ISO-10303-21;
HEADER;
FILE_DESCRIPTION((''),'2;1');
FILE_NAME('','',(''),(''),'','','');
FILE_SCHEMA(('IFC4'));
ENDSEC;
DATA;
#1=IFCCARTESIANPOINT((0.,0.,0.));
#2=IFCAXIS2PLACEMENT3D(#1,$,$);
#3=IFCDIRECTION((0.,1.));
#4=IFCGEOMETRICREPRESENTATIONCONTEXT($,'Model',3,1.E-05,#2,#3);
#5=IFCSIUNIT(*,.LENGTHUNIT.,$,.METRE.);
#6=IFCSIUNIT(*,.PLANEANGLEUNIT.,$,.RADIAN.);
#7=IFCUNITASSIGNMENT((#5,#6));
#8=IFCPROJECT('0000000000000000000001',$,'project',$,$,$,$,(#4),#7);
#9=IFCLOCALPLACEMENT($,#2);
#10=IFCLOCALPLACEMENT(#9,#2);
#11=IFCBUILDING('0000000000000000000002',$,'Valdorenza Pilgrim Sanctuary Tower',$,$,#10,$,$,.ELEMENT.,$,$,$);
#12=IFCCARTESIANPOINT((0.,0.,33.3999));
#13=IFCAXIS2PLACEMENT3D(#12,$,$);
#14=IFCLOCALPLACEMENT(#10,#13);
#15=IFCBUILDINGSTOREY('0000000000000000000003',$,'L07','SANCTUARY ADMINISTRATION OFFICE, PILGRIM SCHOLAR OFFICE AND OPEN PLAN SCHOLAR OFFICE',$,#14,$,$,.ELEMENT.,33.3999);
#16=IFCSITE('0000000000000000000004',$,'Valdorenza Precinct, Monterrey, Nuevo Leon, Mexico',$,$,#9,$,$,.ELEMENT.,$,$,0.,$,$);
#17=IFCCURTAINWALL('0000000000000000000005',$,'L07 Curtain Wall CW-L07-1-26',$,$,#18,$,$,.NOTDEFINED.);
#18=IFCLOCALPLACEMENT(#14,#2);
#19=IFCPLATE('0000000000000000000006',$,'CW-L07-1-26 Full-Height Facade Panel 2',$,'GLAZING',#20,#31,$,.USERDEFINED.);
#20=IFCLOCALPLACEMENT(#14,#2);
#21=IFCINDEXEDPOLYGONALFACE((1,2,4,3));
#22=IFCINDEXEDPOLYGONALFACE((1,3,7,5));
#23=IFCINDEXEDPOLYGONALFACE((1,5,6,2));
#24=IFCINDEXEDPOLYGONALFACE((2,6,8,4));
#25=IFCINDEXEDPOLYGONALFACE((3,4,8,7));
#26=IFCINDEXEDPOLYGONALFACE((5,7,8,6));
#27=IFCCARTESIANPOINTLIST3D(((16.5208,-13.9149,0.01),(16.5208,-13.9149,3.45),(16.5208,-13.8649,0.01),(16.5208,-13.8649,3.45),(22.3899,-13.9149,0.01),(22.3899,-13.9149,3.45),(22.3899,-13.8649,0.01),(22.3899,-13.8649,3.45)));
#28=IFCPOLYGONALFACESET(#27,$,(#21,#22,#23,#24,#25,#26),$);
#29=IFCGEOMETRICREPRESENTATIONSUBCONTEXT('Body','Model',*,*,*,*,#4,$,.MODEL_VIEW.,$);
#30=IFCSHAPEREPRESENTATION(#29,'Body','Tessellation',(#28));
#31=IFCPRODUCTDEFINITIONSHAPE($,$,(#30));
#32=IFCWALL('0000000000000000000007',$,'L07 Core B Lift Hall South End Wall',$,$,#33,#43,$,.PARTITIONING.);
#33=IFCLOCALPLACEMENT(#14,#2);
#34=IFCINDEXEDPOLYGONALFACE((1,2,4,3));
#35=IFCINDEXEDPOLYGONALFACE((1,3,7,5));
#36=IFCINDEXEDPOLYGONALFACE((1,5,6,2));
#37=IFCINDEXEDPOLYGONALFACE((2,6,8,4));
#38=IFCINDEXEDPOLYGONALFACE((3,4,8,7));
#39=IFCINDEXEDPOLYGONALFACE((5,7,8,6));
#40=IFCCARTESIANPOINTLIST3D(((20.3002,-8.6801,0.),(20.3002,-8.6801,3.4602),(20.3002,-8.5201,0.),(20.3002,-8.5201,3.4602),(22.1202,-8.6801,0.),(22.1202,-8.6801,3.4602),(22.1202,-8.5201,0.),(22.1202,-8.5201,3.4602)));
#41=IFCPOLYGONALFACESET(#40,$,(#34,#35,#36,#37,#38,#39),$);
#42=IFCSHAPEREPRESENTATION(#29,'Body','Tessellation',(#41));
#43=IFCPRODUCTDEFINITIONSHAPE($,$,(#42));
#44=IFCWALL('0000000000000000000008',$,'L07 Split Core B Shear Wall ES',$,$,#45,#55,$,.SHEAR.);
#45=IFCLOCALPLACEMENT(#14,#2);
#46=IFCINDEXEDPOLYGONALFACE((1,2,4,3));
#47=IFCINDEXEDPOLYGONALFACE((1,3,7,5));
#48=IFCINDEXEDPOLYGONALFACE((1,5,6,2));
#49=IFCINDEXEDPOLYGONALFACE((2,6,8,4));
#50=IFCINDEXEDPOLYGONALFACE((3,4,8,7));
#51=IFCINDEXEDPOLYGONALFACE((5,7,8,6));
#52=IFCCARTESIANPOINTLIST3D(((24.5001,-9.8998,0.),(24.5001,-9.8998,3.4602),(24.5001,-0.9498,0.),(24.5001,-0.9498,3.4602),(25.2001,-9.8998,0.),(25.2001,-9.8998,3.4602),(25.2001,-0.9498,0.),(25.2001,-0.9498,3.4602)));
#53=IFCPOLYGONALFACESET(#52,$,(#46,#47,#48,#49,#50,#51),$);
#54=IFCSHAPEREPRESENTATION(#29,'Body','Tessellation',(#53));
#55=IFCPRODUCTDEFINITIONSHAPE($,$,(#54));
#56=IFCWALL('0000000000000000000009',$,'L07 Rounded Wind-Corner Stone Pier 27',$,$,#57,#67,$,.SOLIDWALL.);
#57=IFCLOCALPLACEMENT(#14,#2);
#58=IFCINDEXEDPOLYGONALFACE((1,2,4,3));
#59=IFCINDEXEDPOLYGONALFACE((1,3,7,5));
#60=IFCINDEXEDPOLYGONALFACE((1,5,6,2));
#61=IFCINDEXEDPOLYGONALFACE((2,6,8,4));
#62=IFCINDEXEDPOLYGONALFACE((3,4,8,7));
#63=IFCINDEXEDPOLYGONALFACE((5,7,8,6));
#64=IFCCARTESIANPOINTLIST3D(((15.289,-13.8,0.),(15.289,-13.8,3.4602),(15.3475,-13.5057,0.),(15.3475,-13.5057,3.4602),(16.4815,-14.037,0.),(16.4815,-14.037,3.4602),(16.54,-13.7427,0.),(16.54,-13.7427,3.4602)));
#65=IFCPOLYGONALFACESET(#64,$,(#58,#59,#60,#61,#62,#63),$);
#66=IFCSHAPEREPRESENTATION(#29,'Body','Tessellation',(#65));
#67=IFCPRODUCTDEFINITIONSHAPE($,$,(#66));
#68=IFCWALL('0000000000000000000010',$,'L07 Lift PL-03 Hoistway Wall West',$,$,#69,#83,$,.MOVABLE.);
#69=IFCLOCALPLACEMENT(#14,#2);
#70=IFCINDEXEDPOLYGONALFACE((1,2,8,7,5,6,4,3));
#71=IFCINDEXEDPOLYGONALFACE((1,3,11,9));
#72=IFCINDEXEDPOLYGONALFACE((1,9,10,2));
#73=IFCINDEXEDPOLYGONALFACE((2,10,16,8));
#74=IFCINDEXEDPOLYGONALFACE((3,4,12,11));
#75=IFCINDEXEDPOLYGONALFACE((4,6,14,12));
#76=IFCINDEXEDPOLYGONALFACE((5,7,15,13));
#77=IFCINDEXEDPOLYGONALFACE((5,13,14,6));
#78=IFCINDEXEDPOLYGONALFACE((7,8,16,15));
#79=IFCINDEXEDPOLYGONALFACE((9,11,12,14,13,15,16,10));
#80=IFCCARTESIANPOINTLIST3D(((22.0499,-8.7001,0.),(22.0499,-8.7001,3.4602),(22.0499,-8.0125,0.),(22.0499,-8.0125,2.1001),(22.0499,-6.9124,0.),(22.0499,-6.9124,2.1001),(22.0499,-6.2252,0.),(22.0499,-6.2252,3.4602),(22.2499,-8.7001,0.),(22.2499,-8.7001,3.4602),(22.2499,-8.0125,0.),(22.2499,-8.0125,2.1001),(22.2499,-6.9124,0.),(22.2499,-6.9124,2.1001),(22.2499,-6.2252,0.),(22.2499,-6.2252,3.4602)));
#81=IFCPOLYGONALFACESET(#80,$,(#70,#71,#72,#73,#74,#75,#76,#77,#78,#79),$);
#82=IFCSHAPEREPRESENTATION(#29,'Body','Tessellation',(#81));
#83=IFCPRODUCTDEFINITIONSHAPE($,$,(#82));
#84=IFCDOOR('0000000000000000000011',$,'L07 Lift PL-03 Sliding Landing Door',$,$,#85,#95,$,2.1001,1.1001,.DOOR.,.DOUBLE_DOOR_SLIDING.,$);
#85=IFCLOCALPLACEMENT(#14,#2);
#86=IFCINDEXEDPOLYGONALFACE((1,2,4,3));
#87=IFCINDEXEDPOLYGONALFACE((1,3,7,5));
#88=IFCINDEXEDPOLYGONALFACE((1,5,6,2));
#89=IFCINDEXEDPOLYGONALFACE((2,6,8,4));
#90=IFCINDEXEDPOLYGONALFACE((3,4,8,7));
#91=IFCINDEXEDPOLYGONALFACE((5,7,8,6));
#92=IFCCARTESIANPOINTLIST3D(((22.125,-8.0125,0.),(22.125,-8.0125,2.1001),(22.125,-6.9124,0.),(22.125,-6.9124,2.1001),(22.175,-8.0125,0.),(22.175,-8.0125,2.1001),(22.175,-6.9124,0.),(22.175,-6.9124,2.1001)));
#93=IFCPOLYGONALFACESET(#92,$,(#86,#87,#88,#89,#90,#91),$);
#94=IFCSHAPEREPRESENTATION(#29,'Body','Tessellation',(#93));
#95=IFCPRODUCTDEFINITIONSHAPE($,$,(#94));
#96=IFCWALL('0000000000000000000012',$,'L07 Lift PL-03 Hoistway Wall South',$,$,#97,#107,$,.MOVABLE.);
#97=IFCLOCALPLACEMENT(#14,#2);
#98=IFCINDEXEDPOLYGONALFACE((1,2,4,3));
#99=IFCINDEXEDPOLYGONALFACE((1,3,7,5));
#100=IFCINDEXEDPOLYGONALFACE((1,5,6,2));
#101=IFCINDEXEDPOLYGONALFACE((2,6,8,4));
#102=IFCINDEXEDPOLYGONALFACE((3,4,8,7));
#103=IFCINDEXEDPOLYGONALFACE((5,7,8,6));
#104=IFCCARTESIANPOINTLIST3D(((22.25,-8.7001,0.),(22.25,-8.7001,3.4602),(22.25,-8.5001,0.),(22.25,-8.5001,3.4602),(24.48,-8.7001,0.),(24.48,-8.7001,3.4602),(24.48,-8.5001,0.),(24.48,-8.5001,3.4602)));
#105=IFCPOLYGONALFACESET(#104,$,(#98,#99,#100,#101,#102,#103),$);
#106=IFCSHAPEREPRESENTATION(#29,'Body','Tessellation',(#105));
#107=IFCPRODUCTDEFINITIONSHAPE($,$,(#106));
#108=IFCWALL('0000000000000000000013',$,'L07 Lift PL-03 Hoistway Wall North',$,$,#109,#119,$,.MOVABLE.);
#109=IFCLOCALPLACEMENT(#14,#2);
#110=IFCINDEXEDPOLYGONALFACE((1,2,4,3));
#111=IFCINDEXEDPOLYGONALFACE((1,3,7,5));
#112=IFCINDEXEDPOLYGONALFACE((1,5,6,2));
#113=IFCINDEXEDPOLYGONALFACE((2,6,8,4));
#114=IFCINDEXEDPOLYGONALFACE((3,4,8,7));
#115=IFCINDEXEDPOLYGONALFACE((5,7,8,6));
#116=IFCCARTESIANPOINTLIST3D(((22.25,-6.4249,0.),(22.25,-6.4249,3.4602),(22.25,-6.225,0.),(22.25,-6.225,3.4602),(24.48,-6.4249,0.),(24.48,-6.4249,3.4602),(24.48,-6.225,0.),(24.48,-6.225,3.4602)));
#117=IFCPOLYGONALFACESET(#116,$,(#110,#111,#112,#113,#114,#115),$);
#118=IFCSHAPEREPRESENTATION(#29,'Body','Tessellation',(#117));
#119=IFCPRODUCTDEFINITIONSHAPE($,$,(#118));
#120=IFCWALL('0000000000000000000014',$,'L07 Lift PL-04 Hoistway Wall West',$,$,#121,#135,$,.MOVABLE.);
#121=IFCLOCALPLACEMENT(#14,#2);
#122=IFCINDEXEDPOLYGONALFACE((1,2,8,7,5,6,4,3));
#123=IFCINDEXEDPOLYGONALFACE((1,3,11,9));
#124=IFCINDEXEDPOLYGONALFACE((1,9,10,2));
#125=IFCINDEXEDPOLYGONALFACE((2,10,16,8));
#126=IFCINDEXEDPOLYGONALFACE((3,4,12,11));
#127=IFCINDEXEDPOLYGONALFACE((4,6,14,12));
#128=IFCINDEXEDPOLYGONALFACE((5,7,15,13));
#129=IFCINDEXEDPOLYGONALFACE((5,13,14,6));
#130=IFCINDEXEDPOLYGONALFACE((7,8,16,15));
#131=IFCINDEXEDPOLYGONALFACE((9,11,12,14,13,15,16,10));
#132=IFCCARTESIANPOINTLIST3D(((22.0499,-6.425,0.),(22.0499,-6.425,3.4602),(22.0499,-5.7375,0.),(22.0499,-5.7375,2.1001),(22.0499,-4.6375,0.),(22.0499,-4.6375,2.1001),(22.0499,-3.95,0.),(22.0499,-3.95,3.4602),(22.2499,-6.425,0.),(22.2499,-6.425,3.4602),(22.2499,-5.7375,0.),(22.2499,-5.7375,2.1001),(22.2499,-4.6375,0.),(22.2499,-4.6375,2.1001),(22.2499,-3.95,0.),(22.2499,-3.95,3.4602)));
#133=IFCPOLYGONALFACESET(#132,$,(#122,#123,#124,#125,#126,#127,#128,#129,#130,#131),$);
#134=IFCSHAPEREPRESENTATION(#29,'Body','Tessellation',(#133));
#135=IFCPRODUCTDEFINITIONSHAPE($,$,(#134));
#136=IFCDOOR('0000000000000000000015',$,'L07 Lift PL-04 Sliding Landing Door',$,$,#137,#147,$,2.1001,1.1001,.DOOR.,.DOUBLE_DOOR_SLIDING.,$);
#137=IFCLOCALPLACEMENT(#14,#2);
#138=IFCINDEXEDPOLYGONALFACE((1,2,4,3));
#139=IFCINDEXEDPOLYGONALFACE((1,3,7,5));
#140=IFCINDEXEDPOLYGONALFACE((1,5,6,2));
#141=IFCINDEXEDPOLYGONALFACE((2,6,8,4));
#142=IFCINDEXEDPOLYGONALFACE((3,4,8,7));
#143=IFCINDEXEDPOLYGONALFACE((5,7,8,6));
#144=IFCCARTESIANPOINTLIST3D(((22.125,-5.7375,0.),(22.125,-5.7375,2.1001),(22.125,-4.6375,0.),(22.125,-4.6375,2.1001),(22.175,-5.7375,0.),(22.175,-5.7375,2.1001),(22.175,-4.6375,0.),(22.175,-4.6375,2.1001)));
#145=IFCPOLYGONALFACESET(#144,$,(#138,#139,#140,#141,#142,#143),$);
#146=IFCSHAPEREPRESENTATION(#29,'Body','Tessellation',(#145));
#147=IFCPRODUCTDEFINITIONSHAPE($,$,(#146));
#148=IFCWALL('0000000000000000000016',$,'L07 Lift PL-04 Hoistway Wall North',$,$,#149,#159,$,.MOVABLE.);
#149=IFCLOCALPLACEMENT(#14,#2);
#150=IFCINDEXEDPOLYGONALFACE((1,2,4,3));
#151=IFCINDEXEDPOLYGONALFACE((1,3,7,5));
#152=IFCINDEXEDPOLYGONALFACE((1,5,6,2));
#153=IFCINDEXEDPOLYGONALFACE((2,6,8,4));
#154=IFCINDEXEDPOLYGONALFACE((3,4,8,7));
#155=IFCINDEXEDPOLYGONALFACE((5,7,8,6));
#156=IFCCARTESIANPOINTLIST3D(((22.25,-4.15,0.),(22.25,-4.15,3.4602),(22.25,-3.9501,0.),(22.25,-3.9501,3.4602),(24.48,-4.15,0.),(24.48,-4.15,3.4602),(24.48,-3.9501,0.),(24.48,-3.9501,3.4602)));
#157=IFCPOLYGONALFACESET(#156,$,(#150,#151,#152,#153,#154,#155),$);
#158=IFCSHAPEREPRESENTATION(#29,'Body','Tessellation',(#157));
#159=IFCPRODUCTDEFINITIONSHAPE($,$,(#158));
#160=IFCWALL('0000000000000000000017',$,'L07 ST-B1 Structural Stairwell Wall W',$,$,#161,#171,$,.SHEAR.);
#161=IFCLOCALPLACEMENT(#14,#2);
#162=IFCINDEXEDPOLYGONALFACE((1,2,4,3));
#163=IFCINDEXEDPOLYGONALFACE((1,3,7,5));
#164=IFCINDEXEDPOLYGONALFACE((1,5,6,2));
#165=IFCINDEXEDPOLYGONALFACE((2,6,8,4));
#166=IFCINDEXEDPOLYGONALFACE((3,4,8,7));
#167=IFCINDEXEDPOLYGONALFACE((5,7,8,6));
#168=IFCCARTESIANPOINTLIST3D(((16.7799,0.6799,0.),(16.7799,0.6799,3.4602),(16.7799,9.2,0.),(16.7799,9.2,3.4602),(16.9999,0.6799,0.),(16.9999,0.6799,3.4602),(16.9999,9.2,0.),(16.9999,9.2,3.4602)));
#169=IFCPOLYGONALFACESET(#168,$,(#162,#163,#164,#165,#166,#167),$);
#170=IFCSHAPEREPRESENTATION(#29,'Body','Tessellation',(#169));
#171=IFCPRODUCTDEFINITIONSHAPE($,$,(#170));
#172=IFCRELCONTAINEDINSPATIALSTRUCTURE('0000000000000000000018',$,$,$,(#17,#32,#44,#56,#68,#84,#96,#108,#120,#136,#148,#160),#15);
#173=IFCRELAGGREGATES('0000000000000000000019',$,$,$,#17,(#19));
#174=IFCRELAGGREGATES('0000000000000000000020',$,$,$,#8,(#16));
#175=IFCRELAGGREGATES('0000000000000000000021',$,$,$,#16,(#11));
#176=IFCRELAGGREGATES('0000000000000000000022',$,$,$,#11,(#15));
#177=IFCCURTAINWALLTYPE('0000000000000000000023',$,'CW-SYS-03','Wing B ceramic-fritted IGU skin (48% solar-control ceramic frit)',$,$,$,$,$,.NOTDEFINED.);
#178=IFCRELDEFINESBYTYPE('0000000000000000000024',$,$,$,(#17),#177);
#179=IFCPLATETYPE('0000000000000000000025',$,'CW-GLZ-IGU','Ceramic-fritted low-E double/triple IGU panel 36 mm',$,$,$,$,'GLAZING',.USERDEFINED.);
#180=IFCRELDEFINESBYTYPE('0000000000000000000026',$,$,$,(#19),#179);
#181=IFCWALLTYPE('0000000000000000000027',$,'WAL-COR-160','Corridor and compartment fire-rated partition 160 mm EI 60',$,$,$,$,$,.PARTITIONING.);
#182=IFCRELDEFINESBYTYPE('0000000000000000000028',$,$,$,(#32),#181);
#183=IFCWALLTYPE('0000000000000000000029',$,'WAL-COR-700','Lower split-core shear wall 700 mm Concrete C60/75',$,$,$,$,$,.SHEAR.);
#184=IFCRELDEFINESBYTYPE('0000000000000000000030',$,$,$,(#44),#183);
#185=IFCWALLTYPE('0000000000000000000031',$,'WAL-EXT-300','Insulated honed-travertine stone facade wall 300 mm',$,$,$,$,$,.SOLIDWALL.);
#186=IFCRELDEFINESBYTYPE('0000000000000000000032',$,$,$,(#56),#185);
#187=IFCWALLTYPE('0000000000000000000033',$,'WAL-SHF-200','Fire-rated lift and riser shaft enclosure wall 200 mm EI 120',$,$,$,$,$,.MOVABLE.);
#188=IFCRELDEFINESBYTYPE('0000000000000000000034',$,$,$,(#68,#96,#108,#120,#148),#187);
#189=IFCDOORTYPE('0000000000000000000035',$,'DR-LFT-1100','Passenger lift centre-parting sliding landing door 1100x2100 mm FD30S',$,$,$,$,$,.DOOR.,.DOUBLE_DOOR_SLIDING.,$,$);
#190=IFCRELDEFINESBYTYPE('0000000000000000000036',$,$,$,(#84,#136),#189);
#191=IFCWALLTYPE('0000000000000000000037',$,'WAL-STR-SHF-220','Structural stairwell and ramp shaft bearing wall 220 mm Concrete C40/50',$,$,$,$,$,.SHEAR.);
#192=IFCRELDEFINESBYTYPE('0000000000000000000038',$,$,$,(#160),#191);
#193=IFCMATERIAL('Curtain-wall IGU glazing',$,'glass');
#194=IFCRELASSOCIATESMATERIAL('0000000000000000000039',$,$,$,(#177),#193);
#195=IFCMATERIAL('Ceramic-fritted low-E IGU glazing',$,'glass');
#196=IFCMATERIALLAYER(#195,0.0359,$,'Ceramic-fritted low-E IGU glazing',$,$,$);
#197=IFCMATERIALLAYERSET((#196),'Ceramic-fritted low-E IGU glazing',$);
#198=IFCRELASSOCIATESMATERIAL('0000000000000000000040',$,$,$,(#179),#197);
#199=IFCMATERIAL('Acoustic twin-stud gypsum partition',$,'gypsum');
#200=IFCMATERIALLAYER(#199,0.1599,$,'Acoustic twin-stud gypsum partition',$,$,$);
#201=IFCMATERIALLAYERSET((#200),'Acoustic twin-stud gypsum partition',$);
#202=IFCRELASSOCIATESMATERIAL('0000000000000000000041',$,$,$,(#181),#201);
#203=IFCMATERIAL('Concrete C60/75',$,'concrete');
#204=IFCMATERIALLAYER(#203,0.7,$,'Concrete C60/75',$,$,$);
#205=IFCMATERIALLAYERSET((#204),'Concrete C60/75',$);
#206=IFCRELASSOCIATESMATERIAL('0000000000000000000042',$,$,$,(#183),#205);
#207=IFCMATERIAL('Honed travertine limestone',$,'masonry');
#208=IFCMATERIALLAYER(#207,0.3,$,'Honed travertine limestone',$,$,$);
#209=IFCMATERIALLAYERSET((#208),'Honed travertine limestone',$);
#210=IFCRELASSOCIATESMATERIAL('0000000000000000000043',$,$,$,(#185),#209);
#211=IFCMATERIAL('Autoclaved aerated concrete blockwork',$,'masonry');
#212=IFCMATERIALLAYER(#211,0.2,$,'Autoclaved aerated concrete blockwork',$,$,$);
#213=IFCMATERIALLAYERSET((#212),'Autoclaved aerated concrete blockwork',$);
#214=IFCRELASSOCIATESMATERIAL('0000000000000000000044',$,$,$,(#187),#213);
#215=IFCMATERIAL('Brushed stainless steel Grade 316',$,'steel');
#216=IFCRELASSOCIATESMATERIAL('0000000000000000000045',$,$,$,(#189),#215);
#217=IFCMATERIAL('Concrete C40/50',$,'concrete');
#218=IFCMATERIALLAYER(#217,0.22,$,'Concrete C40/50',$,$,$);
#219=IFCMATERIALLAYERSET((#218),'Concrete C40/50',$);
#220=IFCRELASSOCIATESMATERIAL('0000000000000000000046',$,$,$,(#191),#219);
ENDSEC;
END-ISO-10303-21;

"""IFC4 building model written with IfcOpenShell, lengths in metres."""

from ifc_helpers import new_model, si_unit, direction, frame, frame_2d, origin, origin_2d, place, context, subcontext, project, spatial, rectangle, extrude, source, transform, mapped, material, layer, layer_set, type_object, element, fill, aggregate, save


model = new_model("IFC4")

# Units and contexts
model_context = context("Model", 3, precision=1e-05, world=origin(), true_north=direction((0.0, 1.0)))
body_context = subcontext(model_context, "Body", "Model", "MODEL_VIEW")
ifc_project = project(units=[si_unit("LENGTHUNIT", "METRE"), si_unit("PLANEANGLEUNIT", "RADIAN")], contexts=[model_context])

# Site, building, storey
site_placement = place(None, origin())
site = spatial("IfcSite", under=ifc_project, at=site_placement, Name="Valdorenza Precinct, Monterrey, Nuevo Leon, Mexico", CompositionType="ELEMENT", RefElevation=0.0)
building_placement = place(site_placement, origin())
building = spatial("IfcBuilding", under=site, at=building_placement, Name="Valdorenza Pilgrim Sanctuary Tower", CompositionType="ELEMENT")
storey_placement = place(building_placement, frame((0.0, 0.0, 33.3999)))
storey = spatial("IfcBuildingStorey", under=building, at=storey_placement, Name="L07", Description="SANCTUARY ADMINISTRATION OFFICE, PILGRIM SCHOLAR OFFICE AND OPEN PLAN SCHOLAR OFFICE", CompositionType="ELEMENT", Elevation=33.3999)

# Shared definitions
ifc_material_1 = material(Name="Concrete C60/75", Category="concrete")

# Curtain wall, plate
ifc_material_2 = material(Name="Curtain-wall IGU glazing", Category="glass")
curtain_wall_type = type_object("IfcCurtainWallType", Name="CW-SYS-03", Description="Wing B ceramic-fritted IGU skin (48% solar-control ceramic frit)", PredefinedType="NOTDEFINED", material=ifc_material_2)
curtain_wall_placement = place(storey_placement, origin())
curtain_wall = element("IfcCurtainWall", 1, at=curtain_wall_placement, inside=storey, type_object=curtain_wall_type, Name="L07 Curtain Wall CW-L07-1-26", PredefinedType="NOTDEFINED")
ifc_material_3 = material(Name="Ceramic-fritted low-E IGU glazing", Category="glass")
ifc_layer_1 = layer(ifc_material_3, 0.0359, Name="Ceramic-fritted low-E IGU glazing")
ifc_layer_set_1 = layer_set([ifc_layer_1], Name="Ceramic-fritted low-E IGU glazing")
plate_type = type_object("IfcPlateType", Name="CW-GLZ-IGU", Description="Ceramic-fritted low-E double/triple IGU panel 36 mm", ElementType="GLAZING", PredefinedType="USERDEFINED", material=ifc_layer_set_1)
shared_shape_1 = source(origin(), body_context, "Body", "SweptSolid", [
    extrude(rectangle(XDim=5.8691, YDim=0.05, at=origin_2d()), origin(), (0.0, 0.0, 1.0), 3.4399),
])
plate_placement = place(storey_placement, frame((19.4553, -13.8899, 0.01), z_axis=(0.0, 0.0, 1.0), x_axis=(-1.0, 0.0, 0.0)))
plate = element("IfcPlate", 2, at=plate_placement, type_object=plate_type, Name="CW-L07-1-26 Full-Height Facade Panel 2", ObjectType="GLAZING", PredefinedType="USERDEFINED", context=body_context, shape_type="MappedRepresentation", body=[
    mapped(shared_shape_1, transform((0.0, 0.0, 0.0), x_axis=(1.0, 0.0, 0.0), y_axis=(0.0, 1.0, 0.0), z_axis=(0.0, 0.0, 1.0), scale=1.0)),
])
aggregate(curtain_wall, [plate])

# Walls
ifc_material_4 = material(Name="Acoustic twin-stud gypsum partition", Category="gypsum")
ifc_layer_2 = layer(ifc_material_4, 0.1599, Name="Acoustic twin-stud gypsum partition")
ifc_layer_set_2 = layer_set([ifc_layer_2], Name="Acoustic twin-stud gypsum partition")
wall_type_1 = type_object("IfcWallType", Name="WAL-COR-160", Description="Corridor and compartment fire-rated partition 160 mm EI 60", PredefinedType="PARTITIONING", material=ifc_layer_set_2)
wall_1_placement = place(storey_placement, frame((20.3, -8.6001, 0.0), z_axis=(0.0, 0.0, 1.0), x_axis=(1.0, 0.0, 0.0)))
element("IfcWall", 3, at=wall_1_placement, inside=storey, type_object=wall_type_1, Name="L07 Core B Lift Hall South End Wall", PredefinedType="PARTITIONING", context=body_context, shape_type="SweptSolid", body=[
    extrude(rectangle(XDim=1.8201, YDim=0.1599, at=frame_2d((0.9102, 0.0))), origin(), (0.0, 0.0, 1.0), 3.4602),
])
ifc_layer_3 = layer(ifc_material_1, 0.7, Name="Concrete C60/75")
ifc_layer_set_3 = layer_set([ifc_layer_3], Name="Concrete C60/75")
wall_type_2 = type_object("IfcWallType", Name="WAL-COR-700", Description="Lower split-core shear wall 700 mm Concrete C60/75", PredefinedType="SHEAR", material=ifc_layer_set_3)
wall_2_placement = place(storey_placement, frame((24.8501, -9.8999, 0.0), z_axis=(0.0, 0.0, 1.0), x_axis=(0.0, 1.0, 0.0)))
element("IfcWall", 4, at=wall_2_placement, inside=storey, type_object=wall_type_2, Name="L07 Split Core B Shear Wall ES", PredefinedType="SHEAR", context=body_context, shape_type="SweptSolid", body=[
    extrude(rectangle(XDim=8.95, YDim=0.7, at=frame_2d((4.4751, 0.0))), origin(), (0.0, 0.0, 1.0), 3.4602),
])
ifc_material_5 = material(Name="Honed travertine limestone", Category="masonry")
ifc_layer_4 = layer(ifc_material_5, 0.3, Name="Honed travertine limestone")
ifc_layer_set_4 = layer_set([ifc_layer_4], Name="Honed travertine limestone")
wall_type_3 = type_object("IfcWallType", Name="WAL-EXT-300", Description="Insulated honed-travertine stone facade wall 300 mm", PredefinedType="SOLIDWALL", material=ifc_layer_set_4)
wall_3_placement = place(storey_placement, frame((16.5107, -13.8899, 0.0), z_axis=(0.0, 0.0, 1.0), x_axis=(-0.980804, 0.194996, 0.0)))
element("IfcWall", 5, at=wall_3_placement, inside=storey, type_object=wall_type_3, Name="L07 Rounded Wind-Corner Stone Pier 27", PredefinedType="SOLIDWALL", context=body_context, shape_type="SweptSolid", body=[
    extrude(rectangle(XDim=1.2158, YDim=0.3, at=frame_2d((0.6079, 0.0))), origin(), (0.0, 0.0, 1.0), 3.4602),
])

# Wall, opening, door
ifc_material_6 = material(Name="Autoclaved aerated concrete blockwork", Category="masonry")
ifc_layer_5 = layer(ifc_material_6, 0.2, Name="Autoclaved aerated concrete blockwork")
ifc_layer_set_5 = layer_set([ifc_layer_5], Name="Autoclaved aerated concrete blockwork")
wall_type_4 = type_object("IfcWallType", Name="WAL-SHF-200", Description="Fire-rated lift and riser shaft enclosure wall 200 mm EI 120", PredefinedType="MOVABLE", material=ifc_layer_set_5)
wall_4_placement = place(storey_placement, frame((22.1499, -8.7, 0.0), z_axis=(0.0, 0.0, 1.0), x_axis=(0.0, 1.0, 0.0)))
wall_4 = element("IfcWall", 6, at=wall_4_placement, inside=storey, type_object=wall_type_4, Name="L07 Lift PL-03 Hoistway Wall West", PredefinedType="MOVABLE", context=body_context, shape_type="SweptSolid", body=[
    extrude(rectangle(XDim=2.4749, YDim=0.2, at=frame_2d((1.2373, 0.0))), origin(), (0.0, 0.0, 1.0), 3.4602),
])
opening_1_placement = place(wall_4_placement, frame((0.6875, 0.0, 0.0)))
opening_1 = element("IfcOpeningElement", 7, at=opening_1_placement, cuts=wall_4, PredefinedType="OPENING", context=body_context, shape_type="SweptSolid", body=[
    extrude(rectangle(XDim=1.1001, YDim=2.1001, at=frame_2d((0.55, 1.05))), frame((0.0, 0.1147, 0.0), z_axis=(0.0, -1.0, 0.0), x_axis=(1.0, 0.0, 0.0)), (0.0, 0.0, 1.0), 0.2297),
])
ifc_material_7 = material(Name="Brushed stainless steel Grade 316", Category="steel")
door_type_1 = type_object("IfcDoorType", Name="DR-LFT-1100", Description="Passenger lift centre-parting sliding landing door 1100x2100 mm FD30S", OperationType="DOUBLE_DOOR_SLIDING", PredefinedType="DOOR", material=ifc_material_7)
door_1_placement = place(opening_1_placement, origin())
door_1 = element("IfcDoor", 8, at=door_1_placement, inside=storey, type_object=door_type_1, Name="L07 Lift PL-03 Sliding Landing Door", OperationType="DOUBLE_DOOR_SLIDING", OverallHeight=2.1001, OverallWidth=1.1001, PredefinedType="DOOR", context=body_context, shape_type="SweptSolid", body=[
    extrude(rectangle(XDim=1.1001, YDim=2.1001, at=frame_2d((0.55, 1.05))), frame((0.0, 0.0249, 0.0), z_axis=(0.0, -1.0, 0.0), x_axis=(1.0, 0.0, 0.0)), (0.0, 0.0, 1.0), 0.05),
])
fill(opening_1, door_1)

# Walls
for number, where, z_axis, x_axis, name in (
    (9, (22.25, -8.6001, 0.0), (0.0, 0.0, 1.0), (1.0, 0.0, 0.0), "L07 Lift PL-03 Hoistway Wall South"),
    (10, (22.25, -6.325, 0.0), (0.0, 0.0, 1.0), (1.0, 0.0, 0.0), "L07 Lift PL-03 Hoistway Wall North"),
):
    element("IfcWall", number, at=place(storey_placement, frame(where, z_axis=z_axis, x_axis=x_axis)), inside=storey, type_object=wall_type_4, Name=name, PredefinedType="MOVABLE", context=body_context, shape_type="SweptSolid", body=[
        extrude(rectangle(XDim=2.23, YDim=0.2, at=frame_2d((1.115, 0.0))), origin(), (0.0, 0.0, 1.0), 3.4602),
    ])

# Wall, opening, door
wall_5_placement = place(storey_placement, frame((22.1499, -6.425, 0.0), z_axis=(0.0, 0.0, 1.0), x_axis=(0.0, 1.0, 0.0)))
wall_5 = element("IfcWall", 11, at=wall_5_placement, inside=storey, type_object=wall_type_4, Name="L07 Lift PL-04 Hoistway Wall West", PredefinedType="MOVABLE", context=body_context, shape_type="SweptSolid", body=[
    extrude(rectangle(XDim=2.4751, YDim=0.2, at=frame_2d((1.2375, 0.0))), origin(), (0.0, 0.0, 1.0), 3.4602),
])
opening_2_placement = place(wall_5_placement, frame((0.6875, 0.0, 0.0)))
opening_2 = element("IfcOpeningElement", 12, at=opening_2_placement, cuts=wall_5, PredefinedType="OPENING", context=body_context, shape_type="SweptSolid", body=[
    extrude(rectangle(XDim=1.1001, YDim=2.1001, at=frame_2d((0.55, 1.05))), frame((0.0, 0.1147, 0.0), z_axis=(0.0, -1.0, 0.0), x_axis=(1.0, 0.0, 0.0)), (0.0, 0.0, 1.0), 0.2297),
])
door_2_placement = place(opening_2_placement, origin())
door_2 = element("IfcDoor", 13, at=door_2_placement, inside=storey, type_object=door_type_1, Name="L07 Lift PL-04 Sliding Landing Door", OperationType="DOUBLE_DOOR_SLIDING", OverallHeight=2.1001, OverallWidth=1.1001, PredefinedType="DOOR", context=body_context, shape_type="SweptSolid", body=[
    extrude(rectangle(XDim=1.1001, YDim=2.1001, at=frame_2d((0.55, 1.05))), frame((0.0, 0.0249, 0.0), z_axis=(0.0, -1.0, 0.0), x_axis=(1.0, 0.0, 0.0)), (0.0, 0.0, 1.0), 0.05),
])
fill(opening_2, door_2)

# Walls
wall_6_placement = place(storey_placement, frame((22.25, -4.05, 0.0), z_axis=(0.0, 0.0, 1.0), x_axis=(1.0, 0.0, 0.0)))
element("IfcWall", 14, at=wall_6_placement, inside=storey, type_object=wall_type_4, Name="L07 Lift PL-04 Hoistway Wall North", PredefinedType="MOVABLE", context=body_context, shape_type="SweptSolid", body=[
    extrude(rectangle(XDim=2.23, YDim=0.2, at=frame_2d((1.115, 0.0))), origin(), (0.0, 0.0, 1.0), 3.4602),
])
ifc_material_8 = material(Name="Concrete C40/50", Category="concrete")
ifc_layer_6 = layer(ifc_material_8, 0.22, Name="Concrete C40/50")
ifc_layer_set_6 = layer_set([ifc_layer_6], Name="Concrete C40/50")
wall_type_5 = type_object("IfcWallType", Name="WAL-STR-SHF-220", Description="Structural stairwell and ramp shaft bearing wall 220 mm Concrete C40/50", PredefinedType="SHEAR", material=ifc_layer_set_6)
for number, where, z_axis, x_axis, name in (
    (15, (16.8899, 0.6799, 0.0), (0.0, 0.0, 1.0), (0.0, 1.0, 0.0), "L07 ST-B1 Structural Stairwell Wall W"),
):
    element("IfcWall", number, at=place(storey_placement, frame(where, z_axis=z_axis, x_axis=x_axis)), inside=storey, type_object=wall_type_5, Name=name, PredefinedType="SHEAR", context=body_context, shape_type="SweptSolid", body=[
        extrude(rectangle(XDim=8.52, YDim=0.22, at=frame_2d((4.26, 0.0))), origin(), (0.0, 0.0, 1.0), 3.4602),
    ])

save(model, "model.ifc")
